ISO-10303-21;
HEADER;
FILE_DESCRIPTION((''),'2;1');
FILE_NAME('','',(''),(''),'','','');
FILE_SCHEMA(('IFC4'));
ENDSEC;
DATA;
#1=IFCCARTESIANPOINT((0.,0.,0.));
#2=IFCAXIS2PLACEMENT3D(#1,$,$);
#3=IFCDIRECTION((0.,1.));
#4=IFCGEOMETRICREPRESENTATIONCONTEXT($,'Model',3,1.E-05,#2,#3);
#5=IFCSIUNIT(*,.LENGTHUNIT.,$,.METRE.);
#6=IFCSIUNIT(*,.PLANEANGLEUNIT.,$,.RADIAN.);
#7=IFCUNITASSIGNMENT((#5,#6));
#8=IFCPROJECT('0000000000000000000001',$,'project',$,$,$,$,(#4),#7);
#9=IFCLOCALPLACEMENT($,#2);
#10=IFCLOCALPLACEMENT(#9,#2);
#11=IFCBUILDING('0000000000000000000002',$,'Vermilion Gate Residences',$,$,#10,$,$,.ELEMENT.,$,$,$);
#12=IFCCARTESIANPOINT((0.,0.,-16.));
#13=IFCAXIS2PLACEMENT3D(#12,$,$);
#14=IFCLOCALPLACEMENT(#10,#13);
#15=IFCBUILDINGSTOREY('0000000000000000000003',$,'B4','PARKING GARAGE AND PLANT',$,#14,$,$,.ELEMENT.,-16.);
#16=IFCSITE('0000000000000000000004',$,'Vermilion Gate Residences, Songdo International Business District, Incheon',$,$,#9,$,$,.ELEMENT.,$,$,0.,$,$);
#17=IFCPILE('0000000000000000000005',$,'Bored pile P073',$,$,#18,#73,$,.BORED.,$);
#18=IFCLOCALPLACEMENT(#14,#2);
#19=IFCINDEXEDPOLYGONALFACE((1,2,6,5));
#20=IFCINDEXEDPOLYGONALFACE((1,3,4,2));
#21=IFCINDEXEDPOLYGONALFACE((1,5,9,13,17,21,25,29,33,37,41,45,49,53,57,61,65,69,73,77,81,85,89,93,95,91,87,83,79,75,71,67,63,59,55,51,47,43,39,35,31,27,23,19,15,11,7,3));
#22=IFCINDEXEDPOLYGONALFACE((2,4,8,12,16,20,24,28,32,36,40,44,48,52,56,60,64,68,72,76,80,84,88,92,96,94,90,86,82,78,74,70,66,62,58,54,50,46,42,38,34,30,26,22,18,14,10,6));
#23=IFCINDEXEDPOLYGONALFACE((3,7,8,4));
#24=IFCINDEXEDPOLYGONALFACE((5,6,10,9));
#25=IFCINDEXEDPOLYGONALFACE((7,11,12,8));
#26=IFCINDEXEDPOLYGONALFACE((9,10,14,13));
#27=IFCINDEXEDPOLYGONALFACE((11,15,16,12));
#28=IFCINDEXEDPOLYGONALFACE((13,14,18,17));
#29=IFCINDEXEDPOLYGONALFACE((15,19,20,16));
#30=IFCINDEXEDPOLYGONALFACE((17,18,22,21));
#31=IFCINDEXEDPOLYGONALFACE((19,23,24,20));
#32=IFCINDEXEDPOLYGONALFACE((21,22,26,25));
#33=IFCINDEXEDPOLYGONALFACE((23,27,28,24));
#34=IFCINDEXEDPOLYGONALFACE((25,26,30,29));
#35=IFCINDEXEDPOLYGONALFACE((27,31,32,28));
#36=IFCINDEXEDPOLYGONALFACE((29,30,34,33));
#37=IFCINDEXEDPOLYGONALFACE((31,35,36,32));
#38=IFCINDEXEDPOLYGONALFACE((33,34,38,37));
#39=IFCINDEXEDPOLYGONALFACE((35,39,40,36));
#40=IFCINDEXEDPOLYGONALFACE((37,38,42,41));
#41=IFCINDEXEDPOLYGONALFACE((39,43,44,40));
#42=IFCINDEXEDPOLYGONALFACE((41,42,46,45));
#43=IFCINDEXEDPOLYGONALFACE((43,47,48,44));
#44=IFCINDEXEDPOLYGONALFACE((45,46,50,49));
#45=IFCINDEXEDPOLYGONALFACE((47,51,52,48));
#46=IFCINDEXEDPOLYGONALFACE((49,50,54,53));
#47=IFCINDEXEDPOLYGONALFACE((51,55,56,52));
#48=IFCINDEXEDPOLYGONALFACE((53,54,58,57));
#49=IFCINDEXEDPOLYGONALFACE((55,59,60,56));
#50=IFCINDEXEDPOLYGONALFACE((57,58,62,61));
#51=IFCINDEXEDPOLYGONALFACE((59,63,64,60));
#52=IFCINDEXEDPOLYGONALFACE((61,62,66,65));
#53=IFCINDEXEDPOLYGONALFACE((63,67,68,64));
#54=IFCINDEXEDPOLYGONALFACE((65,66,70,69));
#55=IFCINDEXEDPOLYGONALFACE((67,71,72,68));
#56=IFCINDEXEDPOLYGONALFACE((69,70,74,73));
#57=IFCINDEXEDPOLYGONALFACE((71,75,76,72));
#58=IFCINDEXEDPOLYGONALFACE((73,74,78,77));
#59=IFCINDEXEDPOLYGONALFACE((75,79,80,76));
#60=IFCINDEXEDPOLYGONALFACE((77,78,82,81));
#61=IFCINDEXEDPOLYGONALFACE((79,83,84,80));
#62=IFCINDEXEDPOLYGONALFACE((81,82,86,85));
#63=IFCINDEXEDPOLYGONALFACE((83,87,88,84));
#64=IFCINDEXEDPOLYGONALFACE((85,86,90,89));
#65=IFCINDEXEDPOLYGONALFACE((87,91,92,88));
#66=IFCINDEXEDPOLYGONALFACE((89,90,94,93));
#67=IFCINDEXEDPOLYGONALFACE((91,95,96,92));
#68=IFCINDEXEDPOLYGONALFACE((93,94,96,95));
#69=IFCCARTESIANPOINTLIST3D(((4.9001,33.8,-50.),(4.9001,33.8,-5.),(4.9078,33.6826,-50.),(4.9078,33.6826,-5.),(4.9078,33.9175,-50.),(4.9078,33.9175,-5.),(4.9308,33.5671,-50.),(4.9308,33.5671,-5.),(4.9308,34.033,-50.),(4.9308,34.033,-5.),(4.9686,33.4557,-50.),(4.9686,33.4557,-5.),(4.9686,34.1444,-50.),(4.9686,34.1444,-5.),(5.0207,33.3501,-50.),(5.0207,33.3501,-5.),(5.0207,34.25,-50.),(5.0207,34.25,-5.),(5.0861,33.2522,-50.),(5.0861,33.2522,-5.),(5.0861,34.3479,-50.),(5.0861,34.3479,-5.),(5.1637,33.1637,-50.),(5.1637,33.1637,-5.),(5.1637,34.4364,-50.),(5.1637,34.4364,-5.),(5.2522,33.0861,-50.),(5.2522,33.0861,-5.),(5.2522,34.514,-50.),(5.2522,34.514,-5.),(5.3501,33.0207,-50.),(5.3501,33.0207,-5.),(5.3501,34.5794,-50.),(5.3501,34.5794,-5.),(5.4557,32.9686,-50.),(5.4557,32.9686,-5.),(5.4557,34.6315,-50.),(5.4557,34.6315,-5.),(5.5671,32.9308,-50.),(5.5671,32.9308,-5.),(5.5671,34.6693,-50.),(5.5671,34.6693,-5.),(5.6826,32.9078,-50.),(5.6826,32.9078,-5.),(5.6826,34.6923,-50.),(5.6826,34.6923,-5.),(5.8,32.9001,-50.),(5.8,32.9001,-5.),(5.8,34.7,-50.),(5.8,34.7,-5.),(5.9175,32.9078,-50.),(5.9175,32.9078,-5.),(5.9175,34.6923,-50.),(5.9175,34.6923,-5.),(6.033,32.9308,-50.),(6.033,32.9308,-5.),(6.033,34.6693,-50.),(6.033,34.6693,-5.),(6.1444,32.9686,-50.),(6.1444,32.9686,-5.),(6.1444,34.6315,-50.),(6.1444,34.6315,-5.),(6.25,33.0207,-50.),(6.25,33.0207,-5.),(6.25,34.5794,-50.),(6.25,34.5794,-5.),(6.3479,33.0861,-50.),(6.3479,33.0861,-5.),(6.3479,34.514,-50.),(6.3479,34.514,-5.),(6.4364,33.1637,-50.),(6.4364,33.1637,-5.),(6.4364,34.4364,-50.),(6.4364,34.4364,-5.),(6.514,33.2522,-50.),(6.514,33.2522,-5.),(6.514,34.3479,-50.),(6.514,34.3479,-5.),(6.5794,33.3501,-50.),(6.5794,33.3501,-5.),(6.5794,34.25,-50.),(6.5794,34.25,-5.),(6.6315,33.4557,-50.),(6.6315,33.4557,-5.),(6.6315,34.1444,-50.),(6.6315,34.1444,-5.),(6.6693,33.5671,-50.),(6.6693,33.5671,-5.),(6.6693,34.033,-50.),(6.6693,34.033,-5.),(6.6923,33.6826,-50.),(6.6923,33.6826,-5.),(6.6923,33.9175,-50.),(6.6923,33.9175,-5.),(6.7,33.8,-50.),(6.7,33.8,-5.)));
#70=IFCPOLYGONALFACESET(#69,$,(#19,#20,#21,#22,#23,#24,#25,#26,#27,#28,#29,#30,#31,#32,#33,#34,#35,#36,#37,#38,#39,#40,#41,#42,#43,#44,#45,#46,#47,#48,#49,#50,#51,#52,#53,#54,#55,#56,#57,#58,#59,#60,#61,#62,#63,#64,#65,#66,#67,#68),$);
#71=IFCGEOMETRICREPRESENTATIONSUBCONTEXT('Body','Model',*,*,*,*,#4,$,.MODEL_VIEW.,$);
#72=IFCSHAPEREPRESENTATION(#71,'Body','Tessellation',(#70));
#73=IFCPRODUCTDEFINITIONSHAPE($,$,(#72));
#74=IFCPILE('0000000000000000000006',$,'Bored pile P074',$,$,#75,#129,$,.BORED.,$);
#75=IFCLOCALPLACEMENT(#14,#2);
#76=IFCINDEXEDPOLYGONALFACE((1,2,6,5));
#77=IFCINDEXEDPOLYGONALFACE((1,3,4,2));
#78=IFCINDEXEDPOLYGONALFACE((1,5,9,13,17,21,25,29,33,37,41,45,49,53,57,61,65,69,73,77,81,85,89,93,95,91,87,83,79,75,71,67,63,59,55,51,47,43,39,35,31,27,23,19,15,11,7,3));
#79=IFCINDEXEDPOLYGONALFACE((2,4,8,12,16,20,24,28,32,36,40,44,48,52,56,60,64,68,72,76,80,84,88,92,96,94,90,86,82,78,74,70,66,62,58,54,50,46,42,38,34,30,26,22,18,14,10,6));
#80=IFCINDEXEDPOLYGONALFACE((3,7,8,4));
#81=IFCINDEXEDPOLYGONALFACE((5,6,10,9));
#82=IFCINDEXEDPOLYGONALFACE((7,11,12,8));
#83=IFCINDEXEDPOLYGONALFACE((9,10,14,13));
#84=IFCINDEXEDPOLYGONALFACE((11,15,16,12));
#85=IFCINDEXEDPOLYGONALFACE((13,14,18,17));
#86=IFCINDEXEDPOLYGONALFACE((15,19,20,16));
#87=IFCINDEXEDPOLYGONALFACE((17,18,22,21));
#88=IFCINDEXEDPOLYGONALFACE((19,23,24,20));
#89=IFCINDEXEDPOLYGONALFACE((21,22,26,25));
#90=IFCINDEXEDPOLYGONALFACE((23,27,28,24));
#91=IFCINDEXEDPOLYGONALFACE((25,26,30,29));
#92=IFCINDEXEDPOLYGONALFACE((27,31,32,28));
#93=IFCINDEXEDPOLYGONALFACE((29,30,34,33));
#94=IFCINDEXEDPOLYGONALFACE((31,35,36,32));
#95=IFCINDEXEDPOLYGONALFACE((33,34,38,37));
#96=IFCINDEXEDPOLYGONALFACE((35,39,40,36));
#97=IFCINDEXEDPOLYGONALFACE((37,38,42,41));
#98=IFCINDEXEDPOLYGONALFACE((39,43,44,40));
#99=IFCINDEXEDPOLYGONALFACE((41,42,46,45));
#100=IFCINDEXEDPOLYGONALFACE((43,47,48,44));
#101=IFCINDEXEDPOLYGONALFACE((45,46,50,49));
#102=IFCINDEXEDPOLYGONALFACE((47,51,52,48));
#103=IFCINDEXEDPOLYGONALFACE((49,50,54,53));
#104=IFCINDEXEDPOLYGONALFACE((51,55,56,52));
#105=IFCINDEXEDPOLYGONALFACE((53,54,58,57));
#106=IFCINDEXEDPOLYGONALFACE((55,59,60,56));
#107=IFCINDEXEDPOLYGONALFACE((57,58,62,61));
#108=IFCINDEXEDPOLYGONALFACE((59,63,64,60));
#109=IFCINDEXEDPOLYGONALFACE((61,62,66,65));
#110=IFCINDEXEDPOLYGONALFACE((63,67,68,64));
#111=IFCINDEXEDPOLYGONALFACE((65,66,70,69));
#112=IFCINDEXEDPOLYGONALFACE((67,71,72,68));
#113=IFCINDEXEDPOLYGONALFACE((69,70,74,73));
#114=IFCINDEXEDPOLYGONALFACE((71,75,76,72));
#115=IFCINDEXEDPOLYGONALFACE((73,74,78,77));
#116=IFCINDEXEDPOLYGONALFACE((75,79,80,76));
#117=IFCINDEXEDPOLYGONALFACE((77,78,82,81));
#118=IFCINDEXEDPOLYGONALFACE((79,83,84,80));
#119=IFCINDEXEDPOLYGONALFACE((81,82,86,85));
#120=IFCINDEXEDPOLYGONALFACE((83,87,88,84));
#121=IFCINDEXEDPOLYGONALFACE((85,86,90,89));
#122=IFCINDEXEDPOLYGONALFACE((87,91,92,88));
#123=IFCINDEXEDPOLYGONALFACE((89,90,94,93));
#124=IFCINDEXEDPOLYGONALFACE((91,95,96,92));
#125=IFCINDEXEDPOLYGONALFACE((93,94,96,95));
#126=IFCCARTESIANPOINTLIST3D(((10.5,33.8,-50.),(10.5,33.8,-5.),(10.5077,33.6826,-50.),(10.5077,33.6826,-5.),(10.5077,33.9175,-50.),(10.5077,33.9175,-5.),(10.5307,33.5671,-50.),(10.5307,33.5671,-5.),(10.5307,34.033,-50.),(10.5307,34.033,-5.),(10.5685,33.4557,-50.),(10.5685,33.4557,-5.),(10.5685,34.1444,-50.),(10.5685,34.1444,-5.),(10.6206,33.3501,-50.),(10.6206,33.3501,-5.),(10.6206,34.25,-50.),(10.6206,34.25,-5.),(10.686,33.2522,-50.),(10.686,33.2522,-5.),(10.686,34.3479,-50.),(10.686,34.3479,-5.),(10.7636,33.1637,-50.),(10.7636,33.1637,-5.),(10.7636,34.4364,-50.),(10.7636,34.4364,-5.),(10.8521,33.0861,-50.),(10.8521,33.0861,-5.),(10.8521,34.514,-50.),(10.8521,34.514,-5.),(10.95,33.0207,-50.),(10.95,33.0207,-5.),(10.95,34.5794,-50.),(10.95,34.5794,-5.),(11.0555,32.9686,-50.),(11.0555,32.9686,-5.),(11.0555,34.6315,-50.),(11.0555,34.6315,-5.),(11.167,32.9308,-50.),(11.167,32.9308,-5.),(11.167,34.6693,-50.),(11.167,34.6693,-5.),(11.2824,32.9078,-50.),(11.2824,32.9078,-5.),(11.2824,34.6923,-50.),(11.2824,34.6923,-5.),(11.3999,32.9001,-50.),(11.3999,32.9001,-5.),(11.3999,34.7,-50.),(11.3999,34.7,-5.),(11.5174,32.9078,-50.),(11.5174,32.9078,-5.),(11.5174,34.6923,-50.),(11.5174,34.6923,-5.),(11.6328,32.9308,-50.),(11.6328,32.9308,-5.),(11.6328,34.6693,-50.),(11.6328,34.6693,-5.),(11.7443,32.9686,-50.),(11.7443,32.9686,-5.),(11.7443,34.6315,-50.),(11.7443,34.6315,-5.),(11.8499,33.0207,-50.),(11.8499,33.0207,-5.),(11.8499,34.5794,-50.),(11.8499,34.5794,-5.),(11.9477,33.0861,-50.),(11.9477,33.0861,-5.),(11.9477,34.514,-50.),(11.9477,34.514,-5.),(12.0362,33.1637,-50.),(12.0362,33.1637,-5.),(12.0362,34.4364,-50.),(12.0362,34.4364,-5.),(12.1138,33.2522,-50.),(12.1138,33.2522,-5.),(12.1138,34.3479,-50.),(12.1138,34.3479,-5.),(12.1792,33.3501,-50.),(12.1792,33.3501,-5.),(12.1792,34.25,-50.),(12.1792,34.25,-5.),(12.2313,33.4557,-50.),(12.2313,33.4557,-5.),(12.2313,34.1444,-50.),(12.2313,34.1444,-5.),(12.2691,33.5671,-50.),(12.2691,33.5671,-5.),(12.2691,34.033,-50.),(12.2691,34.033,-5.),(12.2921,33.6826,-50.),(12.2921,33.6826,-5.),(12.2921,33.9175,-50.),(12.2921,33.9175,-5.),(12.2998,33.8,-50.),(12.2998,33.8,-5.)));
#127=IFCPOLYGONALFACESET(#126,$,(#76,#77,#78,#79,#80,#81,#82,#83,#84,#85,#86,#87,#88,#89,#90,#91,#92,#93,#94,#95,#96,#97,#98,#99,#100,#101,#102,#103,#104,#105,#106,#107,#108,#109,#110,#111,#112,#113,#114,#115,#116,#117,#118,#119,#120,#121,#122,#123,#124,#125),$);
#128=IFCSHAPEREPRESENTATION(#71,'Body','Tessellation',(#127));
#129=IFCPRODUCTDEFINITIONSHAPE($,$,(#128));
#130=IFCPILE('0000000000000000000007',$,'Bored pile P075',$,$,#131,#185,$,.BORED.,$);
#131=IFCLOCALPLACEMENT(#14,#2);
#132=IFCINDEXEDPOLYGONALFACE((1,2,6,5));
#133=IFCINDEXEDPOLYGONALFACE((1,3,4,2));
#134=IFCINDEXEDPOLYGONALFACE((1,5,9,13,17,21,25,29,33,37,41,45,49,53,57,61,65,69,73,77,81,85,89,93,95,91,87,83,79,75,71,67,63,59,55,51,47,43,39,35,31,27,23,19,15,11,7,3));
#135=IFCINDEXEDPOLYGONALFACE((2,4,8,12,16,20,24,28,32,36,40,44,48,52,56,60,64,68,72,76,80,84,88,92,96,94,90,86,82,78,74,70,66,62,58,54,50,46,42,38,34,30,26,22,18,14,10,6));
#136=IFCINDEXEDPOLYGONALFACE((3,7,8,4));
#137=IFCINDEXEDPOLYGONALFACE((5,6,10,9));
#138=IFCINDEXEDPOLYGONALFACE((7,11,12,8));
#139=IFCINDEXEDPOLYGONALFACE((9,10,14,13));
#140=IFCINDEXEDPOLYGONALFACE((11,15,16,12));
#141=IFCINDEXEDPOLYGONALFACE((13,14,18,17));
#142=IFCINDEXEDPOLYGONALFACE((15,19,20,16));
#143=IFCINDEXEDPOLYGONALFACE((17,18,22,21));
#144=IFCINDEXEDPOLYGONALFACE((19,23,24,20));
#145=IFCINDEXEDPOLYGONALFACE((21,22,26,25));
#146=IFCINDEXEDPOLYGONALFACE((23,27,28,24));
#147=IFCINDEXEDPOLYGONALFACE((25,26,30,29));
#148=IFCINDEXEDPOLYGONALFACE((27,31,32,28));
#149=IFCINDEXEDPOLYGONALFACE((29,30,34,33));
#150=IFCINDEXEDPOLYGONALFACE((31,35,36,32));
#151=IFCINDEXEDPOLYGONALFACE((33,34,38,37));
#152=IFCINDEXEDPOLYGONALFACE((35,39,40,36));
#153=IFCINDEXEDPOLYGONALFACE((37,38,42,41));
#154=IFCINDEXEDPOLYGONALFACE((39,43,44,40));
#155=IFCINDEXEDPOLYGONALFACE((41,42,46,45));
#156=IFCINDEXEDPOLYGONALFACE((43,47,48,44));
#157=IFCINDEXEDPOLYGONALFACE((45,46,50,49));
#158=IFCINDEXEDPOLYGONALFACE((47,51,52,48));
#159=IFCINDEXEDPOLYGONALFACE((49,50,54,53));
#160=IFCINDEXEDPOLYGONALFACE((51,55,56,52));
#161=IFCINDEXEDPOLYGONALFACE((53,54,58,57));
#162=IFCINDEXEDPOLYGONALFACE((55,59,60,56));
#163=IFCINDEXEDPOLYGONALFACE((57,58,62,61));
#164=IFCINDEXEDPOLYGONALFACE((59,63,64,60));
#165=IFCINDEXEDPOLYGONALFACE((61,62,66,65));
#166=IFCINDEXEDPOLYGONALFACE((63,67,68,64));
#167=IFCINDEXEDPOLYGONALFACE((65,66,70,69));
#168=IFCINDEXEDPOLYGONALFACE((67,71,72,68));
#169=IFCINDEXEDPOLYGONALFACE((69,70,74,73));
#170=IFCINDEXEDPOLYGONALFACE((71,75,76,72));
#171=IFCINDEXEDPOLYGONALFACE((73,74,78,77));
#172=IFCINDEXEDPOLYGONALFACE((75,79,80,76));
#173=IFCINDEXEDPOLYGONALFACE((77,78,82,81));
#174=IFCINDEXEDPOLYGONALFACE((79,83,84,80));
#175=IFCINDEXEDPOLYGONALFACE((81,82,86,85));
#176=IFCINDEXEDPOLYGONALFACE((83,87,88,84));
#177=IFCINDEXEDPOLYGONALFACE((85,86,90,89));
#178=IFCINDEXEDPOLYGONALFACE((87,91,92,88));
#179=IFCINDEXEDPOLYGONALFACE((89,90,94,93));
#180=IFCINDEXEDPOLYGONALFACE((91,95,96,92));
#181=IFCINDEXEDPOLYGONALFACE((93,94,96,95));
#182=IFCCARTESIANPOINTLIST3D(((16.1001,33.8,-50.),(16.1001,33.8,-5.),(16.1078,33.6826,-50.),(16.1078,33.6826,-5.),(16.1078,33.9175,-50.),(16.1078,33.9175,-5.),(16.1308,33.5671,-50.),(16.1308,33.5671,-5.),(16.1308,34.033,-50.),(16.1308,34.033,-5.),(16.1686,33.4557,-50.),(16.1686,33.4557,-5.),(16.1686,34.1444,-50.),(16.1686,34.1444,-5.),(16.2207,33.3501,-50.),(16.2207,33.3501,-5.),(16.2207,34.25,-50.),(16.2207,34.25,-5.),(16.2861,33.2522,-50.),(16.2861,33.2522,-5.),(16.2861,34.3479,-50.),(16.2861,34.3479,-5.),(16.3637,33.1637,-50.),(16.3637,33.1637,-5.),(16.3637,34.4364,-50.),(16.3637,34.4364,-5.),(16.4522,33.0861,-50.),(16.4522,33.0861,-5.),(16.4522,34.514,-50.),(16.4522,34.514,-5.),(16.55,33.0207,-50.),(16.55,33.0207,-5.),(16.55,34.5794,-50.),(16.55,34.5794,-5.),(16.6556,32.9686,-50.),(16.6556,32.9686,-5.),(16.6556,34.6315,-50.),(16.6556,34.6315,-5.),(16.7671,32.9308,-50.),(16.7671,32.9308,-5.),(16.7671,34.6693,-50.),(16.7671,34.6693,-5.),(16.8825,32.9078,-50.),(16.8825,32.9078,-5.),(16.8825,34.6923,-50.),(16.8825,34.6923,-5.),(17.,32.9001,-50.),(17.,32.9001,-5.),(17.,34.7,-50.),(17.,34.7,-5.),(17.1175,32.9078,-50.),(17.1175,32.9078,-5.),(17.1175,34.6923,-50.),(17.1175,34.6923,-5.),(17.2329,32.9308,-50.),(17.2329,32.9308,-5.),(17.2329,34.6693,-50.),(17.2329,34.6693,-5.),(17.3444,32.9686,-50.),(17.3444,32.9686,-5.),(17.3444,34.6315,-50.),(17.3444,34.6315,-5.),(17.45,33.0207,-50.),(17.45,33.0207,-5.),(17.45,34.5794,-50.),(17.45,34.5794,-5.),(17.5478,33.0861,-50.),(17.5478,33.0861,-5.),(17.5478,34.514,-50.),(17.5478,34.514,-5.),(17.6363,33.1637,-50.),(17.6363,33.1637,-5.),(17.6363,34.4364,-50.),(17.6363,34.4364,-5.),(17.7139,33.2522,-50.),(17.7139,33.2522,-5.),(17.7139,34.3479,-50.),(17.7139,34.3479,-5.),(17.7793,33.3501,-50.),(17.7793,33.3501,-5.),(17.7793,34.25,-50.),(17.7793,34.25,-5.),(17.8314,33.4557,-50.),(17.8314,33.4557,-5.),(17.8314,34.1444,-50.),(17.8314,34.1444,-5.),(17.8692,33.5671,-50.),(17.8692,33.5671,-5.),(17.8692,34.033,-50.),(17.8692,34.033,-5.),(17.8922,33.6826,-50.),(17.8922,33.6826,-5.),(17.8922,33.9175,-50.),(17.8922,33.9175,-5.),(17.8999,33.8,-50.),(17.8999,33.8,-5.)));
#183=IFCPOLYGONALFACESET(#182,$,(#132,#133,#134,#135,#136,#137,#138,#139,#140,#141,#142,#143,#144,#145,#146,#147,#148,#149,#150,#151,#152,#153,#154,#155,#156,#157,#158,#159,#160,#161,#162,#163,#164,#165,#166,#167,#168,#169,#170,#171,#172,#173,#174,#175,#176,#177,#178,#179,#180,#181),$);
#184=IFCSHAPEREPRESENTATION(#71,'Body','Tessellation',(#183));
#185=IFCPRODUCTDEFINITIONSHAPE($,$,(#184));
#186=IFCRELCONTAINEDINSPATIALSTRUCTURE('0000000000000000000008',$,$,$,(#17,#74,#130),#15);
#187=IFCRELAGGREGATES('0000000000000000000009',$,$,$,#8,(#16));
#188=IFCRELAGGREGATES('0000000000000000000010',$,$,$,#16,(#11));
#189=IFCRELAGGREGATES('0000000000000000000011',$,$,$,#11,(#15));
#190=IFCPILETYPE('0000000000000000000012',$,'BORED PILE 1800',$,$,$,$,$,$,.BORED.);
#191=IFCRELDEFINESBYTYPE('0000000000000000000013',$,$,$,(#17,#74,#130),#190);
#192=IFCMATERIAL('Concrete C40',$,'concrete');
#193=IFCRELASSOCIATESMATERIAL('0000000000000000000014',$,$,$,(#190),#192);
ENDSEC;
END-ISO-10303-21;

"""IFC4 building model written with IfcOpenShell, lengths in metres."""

from ifc_helpers import new_model, si_unit, direction, frame, origin, origin_2d, place, context, subcontext, project, spatial, circle, extrude, material, material_profile, profile_set, type_object, element, save


model = new_model("IFC4")

# Units and contexts
model_context = context("Model", 3, precision=1e-05, world=origin(), true_north=direction((0.0, 1.0)))
body_context = subcontext(model_context, "Body", "Model", "MODEL_VIEW")
ifc_project = project(units=[si_unit("LENGTHUNIT", "METRE"), si_unit("PLANEANGLEUNIT", "RADIAN")], contexts=[model_context])

# Site, building, storey
site_placement = place(None, origin())
site = spatial("IfcSite", under=ifc_project, at=site_placement, Name="Vermilion Gate Residences, Songdo International Business District, Incheon", CompositionType="ELEMENT", RefElevation=0.0)
building_placement = place(site_placement, origin())
building = spatial("IfcBuilding", under=site, at=building_placement, Name="Vermilion Gate Residences", CompositionType="ELEMENT")
storey_placement = place(building_placement, frame((0.0, 0.0, -16.0)))
storey = spatial("IfcBuildingStorey", under=building, at=storey_placement, Name="B4", Description="PARKING GARAGE AND PLANT", CompositionType="ELEMENT", Elevation=-16.0)

# Piles
ifc_material_1 = material(Name="Concrete C40", Category="concrete")
ifc_material_profile = material_profile(ifc_material_1, circle(Radius=0.8999, at=origin_2d()), Name="BORED PILE 1800")
ifc_profile_set = profile_set([ifc_material_profile], Name="Concrete C40")
pile_type = type_object("IfcPileType", Name="BORED PILE 1800", PredefinedType="BORED", material=ifc_profile_set)
for number, where, z_axis, x_axis, name in (
    (1, (5.8, 33.8, -5.0), (0.0, 0.0, -1.0), (1.0, 0.0, 0.0), "Bored pile P073"),
    (2, (11.3999, 33.8, -5.0), (0.0, 0.0, -1.0), (1.0, 0.0, 0.0), "Bored pile P074"),
    (3, (17.0, 33.8, -5.0), (0.0, 0.0, -1.0), (1.0, 0.0, 0.0), "Bored pile P075"),
):
    element("IfcPile", number, at=place(storey_placement, frame(where, z_axis=z_axis, x_axis=x_axis)), inside=storey, type_object=pile_type, Name=name, PredefinedType="BORED", context=body_context, shape_type="SweptSolid", body=[
        extrude(circle(Radius=0.8999, at=origin_2d()), origin(), (0.0, 0.0, 1.0), 45.0),
    ])

save(model, "model.ifc")
